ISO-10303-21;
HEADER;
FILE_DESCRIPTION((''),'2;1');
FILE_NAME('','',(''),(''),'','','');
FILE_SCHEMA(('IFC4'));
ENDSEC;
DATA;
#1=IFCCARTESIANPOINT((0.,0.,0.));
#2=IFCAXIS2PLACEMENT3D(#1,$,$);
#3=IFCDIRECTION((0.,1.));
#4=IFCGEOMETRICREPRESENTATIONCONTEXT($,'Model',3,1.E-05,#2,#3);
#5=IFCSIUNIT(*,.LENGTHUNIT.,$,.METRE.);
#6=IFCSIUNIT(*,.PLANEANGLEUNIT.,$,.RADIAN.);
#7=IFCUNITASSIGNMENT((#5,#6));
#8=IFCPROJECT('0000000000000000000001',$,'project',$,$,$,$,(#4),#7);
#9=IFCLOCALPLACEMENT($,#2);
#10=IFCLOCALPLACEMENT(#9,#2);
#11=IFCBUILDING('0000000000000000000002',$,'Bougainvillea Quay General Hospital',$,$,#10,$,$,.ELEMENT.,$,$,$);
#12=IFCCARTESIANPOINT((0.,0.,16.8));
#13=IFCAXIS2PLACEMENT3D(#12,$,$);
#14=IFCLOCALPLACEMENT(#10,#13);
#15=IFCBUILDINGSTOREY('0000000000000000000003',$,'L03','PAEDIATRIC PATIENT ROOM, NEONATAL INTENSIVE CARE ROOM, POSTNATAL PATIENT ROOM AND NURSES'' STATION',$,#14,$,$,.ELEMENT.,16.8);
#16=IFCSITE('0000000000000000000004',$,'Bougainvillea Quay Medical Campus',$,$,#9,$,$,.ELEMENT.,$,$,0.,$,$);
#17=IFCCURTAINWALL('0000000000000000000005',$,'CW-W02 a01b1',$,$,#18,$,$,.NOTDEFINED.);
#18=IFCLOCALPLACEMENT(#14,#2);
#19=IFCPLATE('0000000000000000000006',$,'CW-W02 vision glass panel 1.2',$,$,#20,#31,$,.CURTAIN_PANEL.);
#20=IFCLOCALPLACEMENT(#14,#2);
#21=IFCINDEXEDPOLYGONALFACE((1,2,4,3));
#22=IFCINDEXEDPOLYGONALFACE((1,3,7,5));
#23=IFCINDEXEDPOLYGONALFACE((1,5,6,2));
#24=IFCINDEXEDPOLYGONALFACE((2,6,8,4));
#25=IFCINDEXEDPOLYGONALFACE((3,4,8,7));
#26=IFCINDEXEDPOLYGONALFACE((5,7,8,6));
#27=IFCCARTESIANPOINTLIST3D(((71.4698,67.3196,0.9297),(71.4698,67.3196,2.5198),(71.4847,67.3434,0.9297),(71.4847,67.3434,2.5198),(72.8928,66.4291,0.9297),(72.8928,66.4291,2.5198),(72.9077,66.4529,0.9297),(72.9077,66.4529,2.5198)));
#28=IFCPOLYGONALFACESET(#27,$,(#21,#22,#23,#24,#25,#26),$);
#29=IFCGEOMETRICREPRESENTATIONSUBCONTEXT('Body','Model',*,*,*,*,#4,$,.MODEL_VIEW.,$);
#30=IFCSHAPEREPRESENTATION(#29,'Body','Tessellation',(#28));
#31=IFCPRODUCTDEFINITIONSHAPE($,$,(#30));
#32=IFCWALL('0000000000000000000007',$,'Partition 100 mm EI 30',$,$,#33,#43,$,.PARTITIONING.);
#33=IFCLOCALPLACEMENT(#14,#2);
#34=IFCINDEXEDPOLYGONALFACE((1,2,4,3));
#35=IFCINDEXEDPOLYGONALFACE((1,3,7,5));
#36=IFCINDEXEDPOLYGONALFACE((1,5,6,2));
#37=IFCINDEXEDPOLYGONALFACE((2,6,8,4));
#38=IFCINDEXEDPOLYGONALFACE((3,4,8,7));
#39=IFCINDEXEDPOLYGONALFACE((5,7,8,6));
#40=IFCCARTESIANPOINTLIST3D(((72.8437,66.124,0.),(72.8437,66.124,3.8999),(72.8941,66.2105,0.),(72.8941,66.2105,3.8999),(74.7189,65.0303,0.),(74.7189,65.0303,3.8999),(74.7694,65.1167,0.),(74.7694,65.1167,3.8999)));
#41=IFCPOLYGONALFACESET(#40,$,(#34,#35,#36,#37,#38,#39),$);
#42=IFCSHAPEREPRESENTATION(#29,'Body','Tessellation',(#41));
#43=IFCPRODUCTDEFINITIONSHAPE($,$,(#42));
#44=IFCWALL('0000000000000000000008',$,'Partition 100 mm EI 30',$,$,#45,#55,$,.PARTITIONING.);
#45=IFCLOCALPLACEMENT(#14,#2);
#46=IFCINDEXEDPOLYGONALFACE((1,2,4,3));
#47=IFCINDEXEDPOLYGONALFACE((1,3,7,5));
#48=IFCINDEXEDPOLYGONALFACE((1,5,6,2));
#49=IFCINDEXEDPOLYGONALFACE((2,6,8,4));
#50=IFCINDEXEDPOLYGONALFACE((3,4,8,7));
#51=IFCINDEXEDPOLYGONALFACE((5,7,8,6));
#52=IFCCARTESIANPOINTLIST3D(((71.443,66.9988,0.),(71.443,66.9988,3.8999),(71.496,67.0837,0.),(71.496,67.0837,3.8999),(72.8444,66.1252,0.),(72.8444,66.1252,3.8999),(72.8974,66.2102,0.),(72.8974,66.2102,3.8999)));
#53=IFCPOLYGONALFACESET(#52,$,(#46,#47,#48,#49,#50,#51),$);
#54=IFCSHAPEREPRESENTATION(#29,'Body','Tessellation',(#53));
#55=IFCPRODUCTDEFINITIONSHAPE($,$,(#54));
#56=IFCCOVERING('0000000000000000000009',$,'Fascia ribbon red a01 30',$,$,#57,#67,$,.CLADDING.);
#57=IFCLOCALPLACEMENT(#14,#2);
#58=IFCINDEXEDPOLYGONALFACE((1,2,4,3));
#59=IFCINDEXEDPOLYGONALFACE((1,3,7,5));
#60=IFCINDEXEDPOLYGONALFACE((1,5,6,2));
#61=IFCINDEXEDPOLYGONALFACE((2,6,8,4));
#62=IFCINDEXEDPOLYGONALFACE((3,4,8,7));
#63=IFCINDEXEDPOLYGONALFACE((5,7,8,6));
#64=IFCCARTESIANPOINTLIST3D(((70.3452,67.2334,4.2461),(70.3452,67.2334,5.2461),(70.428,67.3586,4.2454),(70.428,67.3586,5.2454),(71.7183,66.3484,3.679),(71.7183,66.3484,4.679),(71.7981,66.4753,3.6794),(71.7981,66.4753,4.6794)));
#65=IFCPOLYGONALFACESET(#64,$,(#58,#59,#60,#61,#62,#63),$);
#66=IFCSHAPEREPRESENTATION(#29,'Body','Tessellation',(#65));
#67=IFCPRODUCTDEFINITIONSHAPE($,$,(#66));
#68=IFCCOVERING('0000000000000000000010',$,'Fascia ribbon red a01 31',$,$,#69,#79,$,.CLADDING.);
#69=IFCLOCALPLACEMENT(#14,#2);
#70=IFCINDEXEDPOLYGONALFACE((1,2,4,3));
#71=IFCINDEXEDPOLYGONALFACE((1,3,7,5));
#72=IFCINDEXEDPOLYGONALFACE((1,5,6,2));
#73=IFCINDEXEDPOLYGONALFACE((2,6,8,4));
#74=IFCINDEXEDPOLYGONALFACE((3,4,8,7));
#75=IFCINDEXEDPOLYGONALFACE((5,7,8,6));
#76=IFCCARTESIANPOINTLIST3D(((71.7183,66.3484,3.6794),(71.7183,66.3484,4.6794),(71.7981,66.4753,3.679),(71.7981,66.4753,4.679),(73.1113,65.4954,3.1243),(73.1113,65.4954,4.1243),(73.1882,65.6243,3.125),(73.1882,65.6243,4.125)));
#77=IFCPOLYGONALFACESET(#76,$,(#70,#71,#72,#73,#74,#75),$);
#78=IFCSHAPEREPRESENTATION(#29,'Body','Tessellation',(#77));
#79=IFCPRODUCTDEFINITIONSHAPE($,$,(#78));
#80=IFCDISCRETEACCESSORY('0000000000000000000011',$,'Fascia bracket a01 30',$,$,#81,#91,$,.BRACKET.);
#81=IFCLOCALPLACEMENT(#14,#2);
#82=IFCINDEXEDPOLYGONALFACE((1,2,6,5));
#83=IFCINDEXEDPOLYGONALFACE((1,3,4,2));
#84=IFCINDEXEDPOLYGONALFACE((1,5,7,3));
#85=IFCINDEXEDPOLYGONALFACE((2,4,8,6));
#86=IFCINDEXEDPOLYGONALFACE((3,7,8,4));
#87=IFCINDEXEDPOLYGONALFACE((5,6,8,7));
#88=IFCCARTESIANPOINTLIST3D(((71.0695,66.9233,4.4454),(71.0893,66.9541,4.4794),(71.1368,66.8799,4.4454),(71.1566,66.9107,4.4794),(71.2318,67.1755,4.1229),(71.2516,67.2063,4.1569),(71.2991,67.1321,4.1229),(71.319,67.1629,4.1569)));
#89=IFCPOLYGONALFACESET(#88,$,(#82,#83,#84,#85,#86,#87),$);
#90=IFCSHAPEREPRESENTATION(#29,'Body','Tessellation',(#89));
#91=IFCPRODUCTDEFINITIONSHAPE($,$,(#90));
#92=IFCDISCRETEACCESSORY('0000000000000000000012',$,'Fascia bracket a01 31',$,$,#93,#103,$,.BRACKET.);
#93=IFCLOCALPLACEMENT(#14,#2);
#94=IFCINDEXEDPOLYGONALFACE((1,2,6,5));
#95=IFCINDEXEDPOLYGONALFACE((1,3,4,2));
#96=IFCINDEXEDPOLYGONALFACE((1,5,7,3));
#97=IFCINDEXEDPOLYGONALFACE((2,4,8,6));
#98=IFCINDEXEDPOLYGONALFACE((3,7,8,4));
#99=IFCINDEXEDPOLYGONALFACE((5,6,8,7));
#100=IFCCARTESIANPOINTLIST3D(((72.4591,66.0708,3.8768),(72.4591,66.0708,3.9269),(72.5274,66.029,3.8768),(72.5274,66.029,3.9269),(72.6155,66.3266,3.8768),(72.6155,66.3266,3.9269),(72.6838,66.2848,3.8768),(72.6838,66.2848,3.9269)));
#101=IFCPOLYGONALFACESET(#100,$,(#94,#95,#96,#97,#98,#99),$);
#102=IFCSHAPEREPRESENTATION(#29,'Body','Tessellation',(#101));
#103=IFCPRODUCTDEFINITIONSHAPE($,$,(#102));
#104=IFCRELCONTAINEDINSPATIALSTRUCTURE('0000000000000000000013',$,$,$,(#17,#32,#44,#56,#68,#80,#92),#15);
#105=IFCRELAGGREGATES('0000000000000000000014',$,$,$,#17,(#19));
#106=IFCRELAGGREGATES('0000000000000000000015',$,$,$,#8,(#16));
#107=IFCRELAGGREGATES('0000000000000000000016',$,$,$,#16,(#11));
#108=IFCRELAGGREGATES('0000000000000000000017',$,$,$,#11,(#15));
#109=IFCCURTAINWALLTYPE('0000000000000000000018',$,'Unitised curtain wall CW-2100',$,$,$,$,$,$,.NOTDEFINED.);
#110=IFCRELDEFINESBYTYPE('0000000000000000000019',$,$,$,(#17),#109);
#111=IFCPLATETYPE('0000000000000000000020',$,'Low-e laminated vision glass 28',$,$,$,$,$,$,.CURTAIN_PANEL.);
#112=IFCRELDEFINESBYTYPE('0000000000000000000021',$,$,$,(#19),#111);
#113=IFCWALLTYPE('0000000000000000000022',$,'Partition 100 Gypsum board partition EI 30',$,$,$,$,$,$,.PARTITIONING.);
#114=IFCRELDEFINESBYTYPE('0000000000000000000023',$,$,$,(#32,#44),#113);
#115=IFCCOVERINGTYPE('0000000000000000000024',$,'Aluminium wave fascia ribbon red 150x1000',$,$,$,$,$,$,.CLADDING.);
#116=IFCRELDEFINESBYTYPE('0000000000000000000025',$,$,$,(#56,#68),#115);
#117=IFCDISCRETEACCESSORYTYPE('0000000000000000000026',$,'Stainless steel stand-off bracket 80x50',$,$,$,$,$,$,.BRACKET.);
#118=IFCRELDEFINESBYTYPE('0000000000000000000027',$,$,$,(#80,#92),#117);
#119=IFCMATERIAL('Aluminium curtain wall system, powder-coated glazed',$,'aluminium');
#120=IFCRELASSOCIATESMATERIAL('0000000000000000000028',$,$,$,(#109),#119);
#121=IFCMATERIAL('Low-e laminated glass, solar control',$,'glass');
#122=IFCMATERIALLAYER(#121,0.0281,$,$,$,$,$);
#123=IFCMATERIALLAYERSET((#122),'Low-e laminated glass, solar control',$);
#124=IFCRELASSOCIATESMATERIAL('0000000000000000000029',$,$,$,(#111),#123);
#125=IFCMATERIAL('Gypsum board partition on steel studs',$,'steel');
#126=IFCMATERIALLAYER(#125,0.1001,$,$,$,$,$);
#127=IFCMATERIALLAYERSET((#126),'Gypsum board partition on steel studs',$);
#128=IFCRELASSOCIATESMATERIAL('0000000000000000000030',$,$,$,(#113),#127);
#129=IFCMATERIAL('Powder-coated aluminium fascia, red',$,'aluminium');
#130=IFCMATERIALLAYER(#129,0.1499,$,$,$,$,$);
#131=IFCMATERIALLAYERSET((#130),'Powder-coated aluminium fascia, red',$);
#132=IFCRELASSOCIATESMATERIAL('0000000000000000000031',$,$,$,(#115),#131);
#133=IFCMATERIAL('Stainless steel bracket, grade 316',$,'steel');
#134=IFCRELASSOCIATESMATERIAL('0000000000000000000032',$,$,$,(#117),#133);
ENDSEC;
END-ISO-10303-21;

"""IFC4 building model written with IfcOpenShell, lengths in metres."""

from ifc_helpers import new_model, si_unit, direction, frame, frame_2d, origin, origin_2d, place, context, subcontext, project, spatial, polyline, rectangle, outline, extrude, material, layer, layer_set, material_profile, profile_set, type_object, element, aggregate, save


model = new_model("IFC4")

# Units and contexts
model_context = context("Model", 3, precision=1e-05, world=origin(), true_north=direction((0.0, 1.0)))
body_context = subcontext(model_context, "Body", "Model", "MODEL_VIEW")
ifc_project = project(units=[si_unit("LENGTHUNIT", "METRE"), si_unit("PLANEANGLEUNIT", "RADIAN")], contexts=[model_context])

# Site, building, storey
site_placement = place(None, origin())
site = spatial("IfcSite", under=ifc_project, at=site_placement, Name="Bougainvillea Quay Medical Campus", CompositionType="ELEMENT", RefElevation=0.0)
building_placement = place(site_placement, origin())
building = spatial("IfcBuilding", under=site, at=building_placement, Name="Bougainvillea Quay General Hospital", CompositionType="ELEMENT")
storey_placement = place(building_placement, frame((0.0, 0.0, 16.8)))
storey = spatial("IfcBuildingStorey", under=building, at=storey_placement, Name="L03", Description="PAEDIATRIC PATIENT ROOM, NEONATAL INTENSIVE CARE ROOM, POSTNATAL PATIENT ROOM AND NURSES' STATION", CompositionType="ELEMENT", Elevation=16.8)

# Shared definitions
ifc_material_1 = material(Name="Aluminium curtain wall system, powder-coated glazed", Category="aluminium")
curtain_wall_type = type_object("IfcCurtainWallType", Name="Unitised curtain wall CW-2100", PredefinedType="NOTDEFINED", material=ifc_material_1)

# Curtain wall
curtain_wall_1_placement = place(storey_placement, origin())
curtain_wall_1 = element("IfcCurtainWall", 1, at=curtain_wall_1_placement, inside=storey, type_object=curtain_wall_type, Name="CW-W02 a01b1", PredefinedType="NOTDEFINED")

# Plate
ifc_material_2 = material(Name="Low-e laminated glass, solar control", Category="glass")
ifc_layer_1 = layer(ifc_material_2, 0.0281)
ifc_layer_set_1 = layer_set([ifc_layer_1], Name="Low-e laminated glass, solar control")
plate_type_1 = type_object("IfcPlateType", Name="Low-e laminated vision glass 28", PredefinedType="CURTAIN_PANEL", material=ifc_layer_set_1)
plate_1_placement = place(storey_placement, frame((72.1887, 66.8862, 0.9297), z_axis=(0.0, 0.0, 1.0), x_axis=(-0.847692, 0.530489, 0.0)))
plate_1 = element("IfcPlate", 2, at=plate_1_placement, type_object=plate_type_1, Name="CW-W02 vision glass panel 1.2", PredefinedType="CURTAIN_PANEL", context=body_context, shape_type="SweptSolid", body=[
    extrude(rectangle(XDim=1.6787, YDim=0.0281, at=origin_2d()), origin(), (0.0, 0.0, 1.0), 1.5901),
])
aggregate(curtain_wall_1, [plate_1])

# Walls
ifc_material_3 = material(Name="Gypsum board partition on steel studs", Category="steel")
ifc_layer_2 = layer(ifc_material_3, 0.1001)
ifc_layer_set_2 = layer_set([ifc_layer_2], Name="Gypsum board partition on steel studs")
wall_type = type_object("IfcWallType", Name="Partition 100 Gypsum board partition EI 30", PredefinedType="PARTITIONING", material=ifc_layer_set_2)
wall_1_placement = place(storey_placement, frame((72.8689, 66.1672, 0.0), z_axis=(0.0, 0.0, 1.0), x_axis=(0.863807, -0.503822, 0.0)))
element("IfcWall", 3, at=wall_1_placement, inside=storey, type_object=wall_type, Name="Partition 100 mm EI 30", PredefinedType="PARTITIONING", context=body_context, shape_type="SweptSolid", body=[
    extrude(rectangle(XDim=2.1709, YDim=0.1001, at=frame_2d((1.0854, 0.0))), origin(), (0.0, 0.0, 1.0), 3.8999),
])
wall_2_placement = place(storey_placement, frame((71.4695, 67.0413, 0.0), z_axis=(0.0, 0.0, 1.0), x_axis=(0.848629, -0.528989, 0.0)))
element("IfcWall", 4, at=wall_2_placement, inside=storey, type_object=wall_type, Name="Partition 100 mm EI 30", PredefinedType="PARTITIONING", context=body_context, shape_type="SweptSolid", body=[
    extrude(rectangle(XDim=1.6514, YDim=0.1001, at=frame_2d((0.8257, 0.0))), origin(), (0.0, 0.0, 1.0), 3.8999),
])

# Coverings
ifc_material_4 = material(Name="Powder-coated aluminium fascia, red", Category="aluminium")
ifc_layer_3 = layer(ifc_material_4, 0.1499)
ifc_layer_set_3 = layer_set([ifc_layer_3], Name="Powder-coated aluminium fascia, red")
covering_type = type_object("IfcCoveringType", Name="Aluminium wave fascia ribbon red 150x1000", PredefinedType="CLADDING", material=ifc_layer_set_3)
covering_1_placement = place(storey_placement, frame((70.428, 67.3586, 4.2454), z_axis=(0.276059, -0.177068, 0.94469), x_axis=(0.79399, -0.511877, -0.327965)))
element("IfcCovering", 5, at=covering_1_placement, inside=storey, type_object=covering_type, Name="Fascia ribbon red a01 30", PredefinedType="CLADDING", context=body_context, shape_type="SweptSolid", body=[
    extrude(outline(polyline([(0.0, 0.0), (1.7256, 0.0), (1.7274, -0.15), (-0.0018, -0.1501), (0.0, 0.0)])), origin(), (-0.327965, -0.000719, 0.94469), 1.0),
])
covering_2_placement = place(storey_placement, frame((71.7981, 66.4753, 3.679), z_axis=(0.273991, -0.168749, 0.946812), x_axis=(0.807498, -0.494369, -0.321787)))
element("IfcCovering", 6, at=covering_2_placement, inside=storey, type_object=covering_type, Name="Fascia ribbon red a01 31", PredefinedType="CLADDING", context=body_context, shape_type="SweptSolid", body=[
    extrude(outline(polyline([(0.0, 0.0), (1.7215, 0.0), (1.7234, -0.1501), (-0.0019, -0.15), (0.0, 0.0)])), origin(), (-0.321787, 0.000812, 0.946812), 1.0),
])

# Discrete accessories
ifc_material_5 = material(Name="Stainless steel bracket, grade 316", Category="steel")
ifc_material_profile_1 = material_profile(ifc_material_5, rectangle(XDim=0.0801, YDim=0.05, at=origin_2d()))
ifc_profile_set_1 = profile_set([ifc_material_profile_1], Name="Stainless steel bracket, grade 316")
discrete_accessory_type = type_object("IfcDiscreteAccessoryType", Name="Stainless steel stand-off bracket 80x50", PredefinedType="BRACKET", material=ifc_profile_set_1)
discrete_accessory_1_placement = place(storey_placement, frame((71.2754, 67.1692, 4.1399), z_axis=(-0.368629, -0.572622, 0.732269), x_axis=(0.840834, -0.541292, 0.0)))
element("IfcDiscreteAccessory", 7, at=discrete_accessory_1_placement, inside=storey, type_object=discrete_accessory_type, Name="Fascia bracket a01 30", PredefinedType="BRACKET", context=body_context, shape_type="SweptSolid", body=[
    extrude(rectangle(XDim=0.0801, YDim=0.05, at=origin_2d()), origin(), (0.0, 0.0, 1.0), 0.4404),
])
discrete_accessory_2_placement = place(storey_placement, frame((72.6497, 66.3057, 3.9019), z_axis=(-0.521779, -0.853081, 0.0), x_axis=(0.853081, -0.521779, 0.0)))
element("IfcDiscreteAccessory", 8, at=discrete_accessory_2_placement, inside=storey, type_object=discrete_accessory_type, Name="Fascia bracket a01 31", PredefinedType="BRACKET", context=body_context, shape_type="SweptSolid", body=[
    extrude(rectangle(XDim=0.0801, YDim=0.05, at=origin_2d()), origin(), (0.0, 0.0, 1.0), 0.2998),
])

save(model, "model.ifc")
